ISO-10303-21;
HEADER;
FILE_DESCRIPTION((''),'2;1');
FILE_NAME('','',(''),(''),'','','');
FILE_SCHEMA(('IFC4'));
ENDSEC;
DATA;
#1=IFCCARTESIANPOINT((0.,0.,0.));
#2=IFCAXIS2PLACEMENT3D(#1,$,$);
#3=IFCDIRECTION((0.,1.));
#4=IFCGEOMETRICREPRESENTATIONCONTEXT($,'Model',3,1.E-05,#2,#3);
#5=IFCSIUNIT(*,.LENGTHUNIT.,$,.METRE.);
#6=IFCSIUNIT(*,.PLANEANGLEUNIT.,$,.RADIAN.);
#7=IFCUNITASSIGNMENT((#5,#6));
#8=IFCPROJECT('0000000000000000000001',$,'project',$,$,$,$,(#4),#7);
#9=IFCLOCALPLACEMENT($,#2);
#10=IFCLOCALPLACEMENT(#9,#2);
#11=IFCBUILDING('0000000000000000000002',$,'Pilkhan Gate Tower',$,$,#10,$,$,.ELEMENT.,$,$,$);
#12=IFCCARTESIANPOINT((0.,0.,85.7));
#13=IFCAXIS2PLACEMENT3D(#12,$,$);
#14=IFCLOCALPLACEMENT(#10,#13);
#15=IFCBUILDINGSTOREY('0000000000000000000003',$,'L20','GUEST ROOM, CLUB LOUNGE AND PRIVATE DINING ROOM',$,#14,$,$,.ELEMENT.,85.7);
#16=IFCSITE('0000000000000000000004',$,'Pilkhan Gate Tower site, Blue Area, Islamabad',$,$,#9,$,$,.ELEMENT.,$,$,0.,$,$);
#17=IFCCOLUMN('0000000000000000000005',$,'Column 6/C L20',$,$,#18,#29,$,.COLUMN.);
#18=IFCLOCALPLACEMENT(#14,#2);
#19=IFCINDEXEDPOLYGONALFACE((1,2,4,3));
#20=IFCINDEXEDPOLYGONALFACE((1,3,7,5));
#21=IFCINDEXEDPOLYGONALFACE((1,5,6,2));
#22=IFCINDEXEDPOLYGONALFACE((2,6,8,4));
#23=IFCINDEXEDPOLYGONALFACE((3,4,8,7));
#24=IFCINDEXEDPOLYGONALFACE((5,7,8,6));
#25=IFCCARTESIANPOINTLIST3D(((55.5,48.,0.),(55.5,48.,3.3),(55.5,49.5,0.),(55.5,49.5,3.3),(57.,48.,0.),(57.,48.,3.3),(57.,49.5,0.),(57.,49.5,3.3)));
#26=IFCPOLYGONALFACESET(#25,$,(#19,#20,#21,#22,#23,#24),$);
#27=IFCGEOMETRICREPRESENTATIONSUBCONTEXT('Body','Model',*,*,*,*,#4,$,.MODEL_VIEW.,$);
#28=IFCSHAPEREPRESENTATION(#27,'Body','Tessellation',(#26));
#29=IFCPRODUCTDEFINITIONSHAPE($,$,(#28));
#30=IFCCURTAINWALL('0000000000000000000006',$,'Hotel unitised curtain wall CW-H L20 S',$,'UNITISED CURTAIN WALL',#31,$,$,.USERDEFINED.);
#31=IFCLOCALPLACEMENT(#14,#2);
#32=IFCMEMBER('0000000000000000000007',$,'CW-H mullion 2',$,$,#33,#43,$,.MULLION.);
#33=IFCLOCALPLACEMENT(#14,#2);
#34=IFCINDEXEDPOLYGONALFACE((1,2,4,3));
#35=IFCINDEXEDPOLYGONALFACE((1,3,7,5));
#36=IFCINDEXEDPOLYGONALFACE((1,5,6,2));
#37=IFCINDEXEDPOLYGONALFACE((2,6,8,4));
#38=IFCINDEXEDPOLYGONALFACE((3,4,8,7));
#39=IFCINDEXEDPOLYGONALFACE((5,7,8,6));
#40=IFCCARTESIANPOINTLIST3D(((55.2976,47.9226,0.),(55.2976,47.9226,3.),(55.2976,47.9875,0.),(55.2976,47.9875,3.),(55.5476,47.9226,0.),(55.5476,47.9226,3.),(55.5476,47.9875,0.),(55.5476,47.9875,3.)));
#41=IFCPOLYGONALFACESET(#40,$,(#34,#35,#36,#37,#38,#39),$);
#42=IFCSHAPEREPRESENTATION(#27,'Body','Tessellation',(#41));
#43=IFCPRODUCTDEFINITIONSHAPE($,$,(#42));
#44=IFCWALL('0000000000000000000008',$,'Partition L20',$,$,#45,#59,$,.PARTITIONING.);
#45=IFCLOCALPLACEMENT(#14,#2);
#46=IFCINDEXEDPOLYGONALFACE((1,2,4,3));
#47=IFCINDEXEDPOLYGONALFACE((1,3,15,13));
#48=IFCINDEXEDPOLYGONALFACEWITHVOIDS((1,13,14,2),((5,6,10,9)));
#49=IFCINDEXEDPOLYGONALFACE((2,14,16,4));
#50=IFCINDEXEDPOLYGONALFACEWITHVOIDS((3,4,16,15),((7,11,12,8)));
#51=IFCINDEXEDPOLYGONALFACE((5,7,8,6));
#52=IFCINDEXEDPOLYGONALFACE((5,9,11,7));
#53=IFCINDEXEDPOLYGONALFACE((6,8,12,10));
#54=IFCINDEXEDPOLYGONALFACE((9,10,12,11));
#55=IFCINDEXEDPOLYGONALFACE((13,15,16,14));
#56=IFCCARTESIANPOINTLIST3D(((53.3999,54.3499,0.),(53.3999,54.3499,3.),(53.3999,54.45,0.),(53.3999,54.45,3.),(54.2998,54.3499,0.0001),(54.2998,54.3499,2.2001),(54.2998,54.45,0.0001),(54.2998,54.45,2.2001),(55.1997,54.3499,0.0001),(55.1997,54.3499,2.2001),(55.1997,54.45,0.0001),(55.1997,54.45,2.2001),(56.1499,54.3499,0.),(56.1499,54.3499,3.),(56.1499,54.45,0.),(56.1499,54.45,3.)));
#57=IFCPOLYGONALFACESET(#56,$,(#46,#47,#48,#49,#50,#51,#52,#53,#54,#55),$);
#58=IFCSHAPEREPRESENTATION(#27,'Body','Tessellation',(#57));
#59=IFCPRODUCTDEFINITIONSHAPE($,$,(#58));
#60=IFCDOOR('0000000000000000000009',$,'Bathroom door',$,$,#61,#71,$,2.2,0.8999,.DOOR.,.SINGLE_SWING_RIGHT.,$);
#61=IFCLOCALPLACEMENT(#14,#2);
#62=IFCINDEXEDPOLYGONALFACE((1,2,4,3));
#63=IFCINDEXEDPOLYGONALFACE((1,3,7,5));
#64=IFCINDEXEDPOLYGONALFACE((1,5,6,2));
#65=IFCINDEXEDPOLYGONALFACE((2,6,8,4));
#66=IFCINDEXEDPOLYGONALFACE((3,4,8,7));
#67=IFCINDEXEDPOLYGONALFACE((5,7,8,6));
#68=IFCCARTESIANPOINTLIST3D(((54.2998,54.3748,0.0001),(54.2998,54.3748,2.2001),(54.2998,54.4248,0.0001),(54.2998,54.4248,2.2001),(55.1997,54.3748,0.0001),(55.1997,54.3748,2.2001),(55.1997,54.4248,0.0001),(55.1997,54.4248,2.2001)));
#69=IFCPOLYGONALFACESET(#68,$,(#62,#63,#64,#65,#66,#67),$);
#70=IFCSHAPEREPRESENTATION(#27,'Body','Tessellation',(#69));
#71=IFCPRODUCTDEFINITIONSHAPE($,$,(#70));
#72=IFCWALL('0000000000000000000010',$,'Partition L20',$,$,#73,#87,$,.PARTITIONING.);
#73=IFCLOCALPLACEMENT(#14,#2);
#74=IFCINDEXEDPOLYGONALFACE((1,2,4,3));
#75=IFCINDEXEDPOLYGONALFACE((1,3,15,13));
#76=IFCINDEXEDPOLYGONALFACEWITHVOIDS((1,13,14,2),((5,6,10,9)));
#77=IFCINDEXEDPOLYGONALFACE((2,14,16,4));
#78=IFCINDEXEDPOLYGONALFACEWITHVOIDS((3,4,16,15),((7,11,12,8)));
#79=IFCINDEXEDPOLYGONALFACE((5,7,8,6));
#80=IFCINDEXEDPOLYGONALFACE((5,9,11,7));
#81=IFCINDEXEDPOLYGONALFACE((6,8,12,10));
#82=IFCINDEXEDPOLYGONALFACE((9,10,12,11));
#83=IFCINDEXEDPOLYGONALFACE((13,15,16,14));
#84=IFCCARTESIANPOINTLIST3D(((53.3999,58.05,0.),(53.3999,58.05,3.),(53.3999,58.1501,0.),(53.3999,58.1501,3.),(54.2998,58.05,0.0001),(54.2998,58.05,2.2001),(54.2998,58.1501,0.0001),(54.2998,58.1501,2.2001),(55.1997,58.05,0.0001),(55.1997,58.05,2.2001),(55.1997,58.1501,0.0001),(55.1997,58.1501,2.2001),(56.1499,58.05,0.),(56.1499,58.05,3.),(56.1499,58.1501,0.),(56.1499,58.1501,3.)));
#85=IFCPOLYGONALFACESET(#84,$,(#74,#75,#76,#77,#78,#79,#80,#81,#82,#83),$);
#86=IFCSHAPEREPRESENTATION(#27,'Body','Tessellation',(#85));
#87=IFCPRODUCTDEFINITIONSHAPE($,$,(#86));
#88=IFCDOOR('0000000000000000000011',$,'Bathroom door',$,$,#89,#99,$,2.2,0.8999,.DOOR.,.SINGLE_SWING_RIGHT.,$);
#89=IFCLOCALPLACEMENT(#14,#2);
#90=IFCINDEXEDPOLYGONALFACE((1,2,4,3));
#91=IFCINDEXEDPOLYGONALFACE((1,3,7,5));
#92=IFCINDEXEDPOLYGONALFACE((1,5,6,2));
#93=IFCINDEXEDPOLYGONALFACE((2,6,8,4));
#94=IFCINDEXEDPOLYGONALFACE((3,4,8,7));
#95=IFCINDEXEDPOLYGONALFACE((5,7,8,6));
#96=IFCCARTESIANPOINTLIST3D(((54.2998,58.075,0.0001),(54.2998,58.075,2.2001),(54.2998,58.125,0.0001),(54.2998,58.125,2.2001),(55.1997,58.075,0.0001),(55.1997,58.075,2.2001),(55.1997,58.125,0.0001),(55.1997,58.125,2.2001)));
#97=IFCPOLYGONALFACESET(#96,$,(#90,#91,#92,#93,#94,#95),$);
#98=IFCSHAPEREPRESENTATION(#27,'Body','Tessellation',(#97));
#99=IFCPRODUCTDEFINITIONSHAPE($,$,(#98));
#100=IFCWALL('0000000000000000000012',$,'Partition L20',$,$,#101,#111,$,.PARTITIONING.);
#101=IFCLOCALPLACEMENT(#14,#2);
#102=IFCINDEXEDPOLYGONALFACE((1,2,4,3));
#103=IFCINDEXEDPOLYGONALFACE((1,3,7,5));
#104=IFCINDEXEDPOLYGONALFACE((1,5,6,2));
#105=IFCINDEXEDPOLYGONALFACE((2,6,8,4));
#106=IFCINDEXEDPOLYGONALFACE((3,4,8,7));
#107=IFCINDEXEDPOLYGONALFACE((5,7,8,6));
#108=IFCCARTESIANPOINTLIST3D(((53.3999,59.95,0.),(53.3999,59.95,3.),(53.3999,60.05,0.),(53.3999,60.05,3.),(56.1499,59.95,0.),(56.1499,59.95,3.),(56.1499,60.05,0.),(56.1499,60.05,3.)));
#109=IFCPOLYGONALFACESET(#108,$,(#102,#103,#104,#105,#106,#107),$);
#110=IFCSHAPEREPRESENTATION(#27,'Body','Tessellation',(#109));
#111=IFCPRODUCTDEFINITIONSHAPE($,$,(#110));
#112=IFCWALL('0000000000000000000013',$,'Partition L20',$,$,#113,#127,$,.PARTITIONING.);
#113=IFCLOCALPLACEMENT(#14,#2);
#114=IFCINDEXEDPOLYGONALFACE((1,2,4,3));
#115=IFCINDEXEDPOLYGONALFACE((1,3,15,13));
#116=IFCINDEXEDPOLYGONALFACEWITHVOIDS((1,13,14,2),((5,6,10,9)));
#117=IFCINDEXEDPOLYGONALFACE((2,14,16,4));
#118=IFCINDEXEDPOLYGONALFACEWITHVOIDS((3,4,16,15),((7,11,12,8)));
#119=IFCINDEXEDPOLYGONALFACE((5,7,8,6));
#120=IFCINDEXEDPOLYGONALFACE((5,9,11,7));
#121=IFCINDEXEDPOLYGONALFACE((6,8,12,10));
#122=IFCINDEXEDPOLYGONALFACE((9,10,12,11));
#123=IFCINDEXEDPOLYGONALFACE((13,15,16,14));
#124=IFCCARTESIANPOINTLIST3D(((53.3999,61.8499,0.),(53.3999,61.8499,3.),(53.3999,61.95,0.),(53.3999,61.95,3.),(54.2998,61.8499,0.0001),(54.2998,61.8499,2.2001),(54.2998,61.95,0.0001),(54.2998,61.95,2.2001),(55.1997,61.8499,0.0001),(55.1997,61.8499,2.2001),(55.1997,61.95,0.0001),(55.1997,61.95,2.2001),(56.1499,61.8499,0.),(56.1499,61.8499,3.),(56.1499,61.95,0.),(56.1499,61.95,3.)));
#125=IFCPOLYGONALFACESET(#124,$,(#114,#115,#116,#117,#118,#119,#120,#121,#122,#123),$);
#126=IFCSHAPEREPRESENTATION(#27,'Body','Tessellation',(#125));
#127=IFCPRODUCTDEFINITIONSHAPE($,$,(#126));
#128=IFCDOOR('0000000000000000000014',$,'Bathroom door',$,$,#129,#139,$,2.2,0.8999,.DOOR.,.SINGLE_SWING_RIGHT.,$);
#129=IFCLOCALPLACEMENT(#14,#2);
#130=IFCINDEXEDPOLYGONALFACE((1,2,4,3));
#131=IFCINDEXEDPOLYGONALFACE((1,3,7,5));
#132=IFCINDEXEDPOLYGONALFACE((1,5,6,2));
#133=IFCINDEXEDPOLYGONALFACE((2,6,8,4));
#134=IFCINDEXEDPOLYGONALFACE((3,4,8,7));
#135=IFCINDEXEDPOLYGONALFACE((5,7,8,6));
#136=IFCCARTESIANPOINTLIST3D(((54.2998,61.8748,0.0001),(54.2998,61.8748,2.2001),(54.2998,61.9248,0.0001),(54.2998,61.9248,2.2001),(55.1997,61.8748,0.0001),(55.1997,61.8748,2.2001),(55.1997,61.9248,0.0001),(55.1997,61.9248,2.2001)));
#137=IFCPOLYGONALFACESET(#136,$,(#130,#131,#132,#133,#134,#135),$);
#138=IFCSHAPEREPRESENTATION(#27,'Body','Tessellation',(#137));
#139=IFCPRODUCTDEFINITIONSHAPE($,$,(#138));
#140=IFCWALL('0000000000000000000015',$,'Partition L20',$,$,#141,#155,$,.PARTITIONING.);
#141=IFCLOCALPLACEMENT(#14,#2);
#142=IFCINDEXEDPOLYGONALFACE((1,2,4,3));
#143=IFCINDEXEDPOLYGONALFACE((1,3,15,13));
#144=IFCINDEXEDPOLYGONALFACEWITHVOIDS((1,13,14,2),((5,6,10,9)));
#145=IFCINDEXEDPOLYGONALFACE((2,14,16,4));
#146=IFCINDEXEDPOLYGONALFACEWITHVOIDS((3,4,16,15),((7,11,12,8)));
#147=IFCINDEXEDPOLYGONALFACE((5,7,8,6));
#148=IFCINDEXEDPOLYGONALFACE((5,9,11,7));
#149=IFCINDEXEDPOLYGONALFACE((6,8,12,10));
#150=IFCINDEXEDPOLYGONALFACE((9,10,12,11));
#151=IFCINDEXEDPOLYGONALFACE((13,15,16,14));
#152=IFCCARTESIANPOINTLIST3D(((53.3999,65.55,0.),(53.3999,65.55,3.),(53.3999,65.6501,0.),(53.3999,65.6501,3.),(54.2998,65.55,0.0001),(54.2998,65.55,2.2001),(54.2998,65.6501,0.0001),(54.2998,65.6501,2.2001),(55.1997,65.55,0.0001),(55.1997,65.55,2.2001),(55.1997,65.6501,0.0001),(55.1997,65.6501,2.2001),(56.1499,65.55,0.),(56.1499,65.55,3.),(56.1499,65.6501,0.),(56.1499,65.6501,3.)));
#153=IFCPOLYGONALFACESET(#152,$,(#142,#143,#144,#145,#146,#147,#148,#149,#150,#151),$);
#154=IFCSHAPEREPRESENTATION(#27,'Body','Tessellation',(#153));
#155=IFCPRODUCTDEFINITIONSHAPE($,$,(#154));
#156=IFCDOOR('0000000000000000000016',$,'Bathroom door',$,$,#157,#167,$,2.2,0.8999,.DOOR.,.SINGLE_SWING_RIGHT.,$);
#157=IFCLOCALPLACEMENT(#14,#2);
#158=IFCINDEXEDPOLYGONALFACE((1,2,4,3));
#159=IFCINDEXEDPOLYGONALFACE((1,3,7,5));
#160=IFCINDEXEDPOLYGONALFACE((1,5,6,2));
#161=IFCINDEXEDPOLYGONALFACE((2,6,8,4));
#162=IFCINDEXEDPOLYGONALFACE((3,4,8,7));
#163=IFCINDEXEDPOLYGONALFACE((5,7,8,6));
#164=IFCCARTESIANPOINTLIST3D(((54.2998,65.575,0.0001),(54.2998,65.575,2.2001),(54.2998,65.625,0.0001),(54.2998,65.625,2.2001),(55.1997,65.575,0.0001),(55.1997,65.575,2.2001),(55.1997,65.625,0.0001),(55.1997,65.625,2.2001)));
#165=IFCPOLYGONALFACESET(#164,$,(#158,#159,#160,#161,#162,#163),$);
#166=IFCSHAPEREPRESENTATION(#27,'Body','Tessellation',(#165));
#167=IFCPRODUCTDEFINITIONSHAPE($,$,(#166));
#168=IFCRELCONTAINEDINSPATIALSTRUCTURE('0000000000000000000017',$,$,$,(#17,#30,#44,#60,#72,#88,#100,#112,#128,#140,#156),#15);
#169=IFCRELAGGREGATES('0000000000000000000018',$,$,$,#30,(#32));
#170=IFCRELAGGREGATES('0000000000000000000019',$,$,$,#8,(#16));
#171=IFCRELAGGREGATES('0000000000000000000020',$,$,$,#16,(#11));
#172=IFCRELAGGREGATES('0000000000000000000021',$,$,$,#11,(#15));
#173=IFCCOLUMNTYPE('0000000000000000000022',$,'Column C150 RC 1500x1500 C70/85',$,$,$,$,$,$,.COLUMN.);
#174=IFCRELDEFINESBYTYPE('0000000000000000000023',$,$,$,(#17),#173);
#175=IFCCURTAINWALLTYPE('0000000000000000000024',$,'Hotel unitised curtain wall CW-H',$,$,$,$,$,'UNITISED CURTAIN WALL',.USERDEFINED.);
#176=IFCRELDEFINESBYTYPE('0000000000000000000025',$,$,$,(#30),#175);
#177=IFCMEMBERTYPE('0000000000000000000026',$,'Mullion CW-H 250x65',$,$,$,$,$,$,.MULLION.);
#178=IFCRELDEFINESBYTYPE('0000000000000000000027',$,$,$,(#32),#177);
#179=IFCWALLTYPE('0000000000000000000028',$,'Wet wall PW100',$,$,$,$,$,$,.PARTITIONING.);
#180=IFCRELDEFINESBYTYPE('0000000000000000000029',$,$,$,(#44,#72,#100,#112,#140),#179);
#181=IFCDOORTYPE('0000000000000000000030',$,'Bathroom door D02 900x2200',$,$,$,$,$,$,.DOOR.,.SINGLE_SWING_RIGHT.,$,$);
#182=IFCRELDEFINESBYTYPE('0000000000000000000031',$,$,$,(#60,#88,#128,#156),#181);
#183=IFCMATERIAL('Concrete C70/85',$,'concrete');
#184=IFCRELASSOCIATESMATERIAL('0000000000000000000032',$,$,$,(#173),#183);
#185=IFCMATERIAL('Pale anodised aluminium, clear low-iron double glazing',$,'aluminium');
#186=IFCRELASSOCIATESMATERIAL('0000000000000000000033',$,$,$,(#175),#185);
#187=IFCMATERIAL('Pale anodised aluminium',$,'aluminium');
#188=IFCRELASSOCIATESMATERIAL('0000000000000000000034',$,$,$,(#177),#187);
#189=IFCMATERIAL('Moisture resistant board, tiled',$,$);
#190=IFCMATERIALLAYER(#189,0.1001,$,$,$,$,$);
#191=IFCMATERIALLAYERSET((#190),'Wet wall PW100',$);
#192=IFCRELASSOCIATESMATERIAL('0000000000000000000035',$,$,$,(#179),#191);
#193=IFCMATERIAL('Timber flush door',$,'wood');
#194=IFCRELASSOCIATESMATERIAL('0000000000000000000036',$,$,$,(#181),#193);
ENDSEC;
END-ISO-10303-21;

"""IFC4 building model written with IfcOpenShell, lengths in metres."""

from ifc_helpers import new_model, si_unit, direction, frame, frame_2d, origin, origin_2d, place, context, subcontext, project, spatial, rectangle, extrude, material, layer, layer_set, material_profile, profile_set, type_object, element, fill, aggregate, save


model = new_model("IFC4")

# Units and contexts
model_context = context("Model", 3, precision=1e-05, world=origin(), true_north=direction((0.0, 1.0)))
body_context = subcontext(model_context, "Body", "Model", "MODEL_VIEW")
ifc_project = project(units=[si_unit("LENGTHUNIT", "METRE"), si_unit("PLANEANGLEUNIT", "RADIAN")], contexts=[model_context])

# Site, building, storey
site_placement = place(None, origin())
site = spatial("IfcSite", under=ifc_project, at=site_placement, Name="Pilkhan Gate Tower site, Blue Area, Islamabad", CompositionType="ELEMENT", RefElevation=0.0)
building_placement = place(site_placement, origin())
building = spatial("IfcBuilding", under=site, at=building_placement, Name="Pilkhan Gate Tower", CompositionType="ELEMENT")
storey_placement = place(building_placement, frame((0.0, 0.0, 85.7)))
storey = spatial("IfcBuildingStorey", under=building, at=storey_placement, Name="L20", Description="GUEST ROOM, CLUB LOUNGE AND PRIVATE DINING ROOM", CompositionType="ELEMENT", Elevation=85.7)

# Column
ifc_material_1 = material(Name="Concrete C70/85", Category="concrete")
ifc_material_profile_1 = material_profile(ifc_material_1, rectangle(XDim=1.5, YDim=1.5, at=origin_2d()), Name="RC 1500x1500")
ifc_profile_set_1 = profile_set([ifc_material_profile_1], Name="Concrete C70/85")
column_type = type_object("IfcColumnType", Name="Column C150 RC 1500x1500 C70/85", PredefinedType="COLUMN", material=ifc_profile_set_1)
column_placement = place(storey_placement, frame((56.25, 48.75, 0.0), z_axis=(0.0, 0.0, 1.0), x_axis=(1.0, 0.0, 0.0)))
element("IfcColumn", 1, at=column_placement, inside=storey, type_object=column_type, Name="Column 6/C L20", PredefinedType="COLUMN", context=body_context, shape_type="SweptSolid", body=[
    extrude(rectangle(XDim=1.5, YDim=1.5, at=origin_2d()), origin(), (0.0, 0.0, 1.0), 3.3),
])

# Curtain wall, member
ifc_material_2 = material(Name="Pale anodised aluminium, clear low-iron double glazing", Category="aluminium")
curtain_wall_type = type_object("IfcCurtainWallType", Name="Hotel unitised curtain wall CW-H", ElementType="UNITISED CURTAIN WALL", PredefinedType="USERDEFINED", material=ifc_material_2)
curtain_wall_placement = place(storey_placement, origin())
curtain_wall = element("IfcCurtainWall", 2, at=curtain_wall_placement, inside=storey, type_object=curtain_wall_type, Name="Hotel unitised curtain wall CW-H L20 S", ObjectType="UNITISED CURTAIN WALL", PredefinedType="USERDEFINED")
ifc_material_3 = material(Name="Pale anodised aluminium", Category="aluminium")
ifc_material_profile_2 = material_profile(ifc_material_3, rectangle(XDim=0.0649, YDim=0.25, at=origin_2d()), Name="Mullion 250x65")
ifc_profile_set_2 = profile_set([ifc_material_profile_2], Name="Pale anodised aluminium")
member_type = type_object("IfcMemberType", Name="Mullion CW-H 250x65", PredefinedType="MULLION", material=ifc_profile_set_2)
member_placement = place(storey_placement, frame((55.4226, 47.9551, 0.0), z_axis=(0.0, 0.0, 1.0), x_axis=(0.0, 1.0, 0.0)))
member = element("IfcMember", 3, at=member_placement, type_object=member_type, Name="CW-H mullion 2", PredefinedType="MULLION", context=body_context, shape_type="SweptSolid", body=[
    extrude(rectangle(XDim=0.0649, YDim=0.25, at=origin_2d()), origin(), (0.0, 0.0, 1.0), 3.0),
])
aggregate(curtain_wall, [member])

# Walls, openings, doors
ifc_material_4 = material(Name="Moisture resistant board, tiled")
ifc_layer_1 = layer(ifc_material_4, 0.1001)
ifc_layer_set_1 = layer_set([ifc_layer_1], Name="Wet wall PW100")
wall_type_1 = type_object("IfcWallType", Name="Wet wall PW100", PredefinedType="PARTITIONING", material=ifc_layer_set_1)
wall_1_placement = place(storey_placement, frame((53.3999, 54.3999, 0.0), z_axis=(0.0, 0.0, 1.0), x_axis=(1.0, 0.0, 0.0)))
wall_1 = element("IfcWall", 4, at=wall_1_placement, inside=storey, type_object=wall_type_1, Name="Partition L20", PredefinedType="PARTITIONING", context=body_context, shape_type="SweptSolid", body=[
    extrude(rectangle(XDim=2.75, YDim=0.1001, at=frame_2d((1.375, 0.0))), origin(), (0.0, 0.0, 1.0), 3.0),
])
opening_1_placement = place(wall_1_placement, frame((0.8999, 0.0, 0.0)))
opening_1 = element("IfcOpeningElement", 5, at=opening_1_placement, cuts=wall_1, PredefinedType="OPENING", context=body_context, shape_type="SweptSolid", body=[
    extrude(rectangle(XDim=0.8999, YDim=2.2, at=frame_2d((0.45, 1.1001))), frame((0.0, 0.0601, 0.0), z_axis=(0.0, -1.0, 0.0), x_axis=(1.0, 0.0, 0.0)), (0.0, 0.0, 1.0), 0.1201),
])
ifc_material_5 = material(Name="Timber flush door", Category="wood")
door_type_1 = type_object("IfcDoorType", Name="Bathroom door D02 900x2200", OperationType="SINGLE_SWING_RIGHT", PredefinedType="DOOR", material=ifc_material_5)
door_1_placement = place(opening_1_placement, origin())
door_1 = element("IfcDoor", 6, at=door_1_placement, inside=storey, type_object=door_type_1, Name="Bathroom door", OperationType="SINGLE_SWING_RIGHT", OverallHeight=2.2, OverallWidth=0.8999, PredefinedType="DOOR", context=body_context, shape_type="SweptSolid", body=[
    extrude(rectangle(XDim=0.8999, YDim=2.2, at=frame_2d((0.45, 1.1001))), frame((0.0, 0.0249, 0.0), z_axis=(0.0, -1.0, 0.0), x_axis=(1.0, 0.0, 0.0)), (0.0, 0.0, 1.0), 0.05),
])
fill(opening_1, door_1)
wall_2_placement = place(storey_placement, frame((53.3999, 58.1001, 0.0), z_axis=(0.0, 0.0, 1.0), x_axis=(1.0, 0.0, 0.0)))
wall_2 = element("IfcWall", 7, at=wall_2_placement, inside=storey, type_object=wall_type_1, Name="Partition L20", PredefinedType="PARTITIONING", context=body_context, shape_type="SweptSolid", body=[
    extrude(rectangle(XDim=2.75, YDim=0.1001, at=frame_2d((1.375, 0.0))), origin(), (0.0, 0.0, 1.0), 3.0),
])
opening_2_placement = place(wall_2_placement, frame((0.8999, 0.0, 0.0)))
opening_2 = element("IfcOpeningElement", 8, at=opening_2_placement, cuts=wall_2, PredefinedType="OPENING", context=body_context, shape_type="SweptSolid", body=[
    extrude(rectangle(XDim=0.8999, YDim=2.2, at=frame_2d((0.45, 1.1001))), frame((0.0, 0.0601, 0.0), z_axis=(0.0, -1.0, 0.0), x_axis=(1.0, 0.0, 0.0)), (0.0, 0.0, 1.0), 0.1201),
])
door_2_placement = place(opening_2_placement, origin())
door_2 = element("IfcDoor", 9, at=door_2_placement, inside=storey, type_object=door_type_1, Name="Bathroom door", OperationType="SINGLE_SWING_RIGHT", OverallHeight=2.2, OverallWidth=0.8999, PredefinedType="DOOR", context=body_context, shape_type="SweptSolid", body=[
    extrude(rectangle(XDim=0.8999, YDim=2.2, at=frame_2d((0.45, 1.1001))), frame((0.0, 0.0249, 0.0), z_axis=(0.0, -1.0, 0.0), x_axis=(1.0, 0.0, 0.0)), (0.0, 0.0, 1.0), 0.05),
])
fill(opening_2, door_2)

# Wall
wall_3_placement = place(storey_placement, frame((53.3999, 60.0, 0.0), z_axis=(0.0, 0.0, 1.0), x_axis=(1.0, 0.0, 0.0)))
element("IfcWall", 10, at=wall_3_placement, inside=storey, type_object=wall_type_1, Name="Partition L20", PredefinedType="PARTITIONING", context=body_context, shape_type="SweptSolid", body=[
    extrude(rectangle(XDim=2.75, YDim=0.1001, at=frame_2d((1.375, 0.0))), origin(), (0.0, 0.0, 1.0), 3.0),
])

# Walls, openings, doors
wall_4_placement = place(storey_placement, frame((53.3999, 61.8999, 0.0), z_axis=(0.0, 0.0, 1.0), x_axis=(1.0, 0.0, 0.0)))
wall_4 = element("IfcWall", 11, at=wall_4_placement, inside=storey, type_object=wall_type_1, Name="Partition L20", PredefinedType="PARTITIONING", context=body_context, shape_type="SweptSolid", body=[
    extrude(rectangle(XDim=2.75, YDim=0.1001, at=frame_2d((1.375, 0.0))), origin(), (0.0, 0.0, 1.0), 3.0),
])
opening_3_placement = place(wall_4_placement, frame((0.8999, 0.0, 0.0)))
opening_3 = element("IfcOpeningElement", 12, at=opening_3_placement, cuts=wall_4, PredefinedType="OPENING", context=body_context, shape_type="SweptSolid", body=[
    extrude(rectangle(XDim=0.8999, YDim=2.2, at=frame_2d((0.45, 1.1001))), frame((0.0, 0.0601, 0.0), z_axis=(0.0, -1.0, 0.0), x_axis=(1.0, 0.0, 0.0)), (0.0, 0.0, 1.0), 0.1201),
])
door_3_placement = place(opening_3_placement, origin())
door_3 = element("IfcDoor", 13, at=door_3_placement, inside=storey, type_object=door_type_1, Name="Bathroom door", OperationType="SINGLE_SWING_RIGHT", OverallHeight=2.2, OverallWidth=0.8999, PredefinedType="DOOR", context=body_context, shape_type="SweptSolid", body=[
    extrude(rectangle(XDim=0.8999, YDim=2.2, at=frame_2d((0.45, 1.1001))), frame((0.0, 0.0249, 0.0), z_axis=(0.0, -1.0, 0.0), x_axis=(1.0, 0.0, 0.0)), (0.0, 0.0, 1.0), 0.05),
])
fill(opening_3, door_3)
wall_5_placement = place(storey_placement, frame((53.3999, 65.6001, 0.0), z_axis=(0.0, 0.0, 1.0), x_axis=(1.0, 0.0, 0.0)))
wall_5 = element("IfcWall", 14, at=wall_5_placement, inside=storey, type_object=wall_type_1, Name="Partition L20", PredefinedType="PARTITIONING", context=body_context, shape_type="SweptSolid", body=[
    extrude(rectangle(XDim=2.75, YDim=0.1001, at=frame_2d((1.375, 0.0))), origin(), (0.0, 0.0, 1.0), 3.0),
])
opening_4_placement = place(wall_5_placement, frame((0.8999, 0.0, 0.0)))
opening_4 = element("IfcOpeningElement", 15, at=opening_4_placement, cuts=wall_5, PredefinedType="OPENING", context=body_context, shape_type="SweptSolid", body=[
    extrude(rectangle(XDim=0.8999, YDim=2.2, at=frame_2d((0.45, 1.1001))), frame((0.0, 0.0601, 0.0), z_axis=(0.0, -1.0, 0.0), x_axis=(1.0, 0.0, 0.0)), (0.0, 0.0, 1.0), 0.1201),
])
door_4_placement = place(opening_4_placement, origin())
door_4 = element("IfcDoor", 16, at=door_4_placement, inside=storey, type_object=door_type_1, Name="Bathroom door", OperationType="SINGLE_SWING_RIGHT", OverallHeight=2.2, OverallWidth=0.8999, PredefinedType="DOOR", context=body_context, shape_type="SweptSolid", body=[
    extrude(rectangle(XDim=0.8999, YDim=2.2, at=frame_2d((0.45, 1.1001))), frame((0.0, 0.0249, 0.0), z_axis=(0.0, -1.0, 0.0), x_axis=(1.0, 0.0, 0.0)), (0.0, 0.0, 1.0), 0.05),
])
fill(opening_4, door_4)

save(model, "model.ifc")
